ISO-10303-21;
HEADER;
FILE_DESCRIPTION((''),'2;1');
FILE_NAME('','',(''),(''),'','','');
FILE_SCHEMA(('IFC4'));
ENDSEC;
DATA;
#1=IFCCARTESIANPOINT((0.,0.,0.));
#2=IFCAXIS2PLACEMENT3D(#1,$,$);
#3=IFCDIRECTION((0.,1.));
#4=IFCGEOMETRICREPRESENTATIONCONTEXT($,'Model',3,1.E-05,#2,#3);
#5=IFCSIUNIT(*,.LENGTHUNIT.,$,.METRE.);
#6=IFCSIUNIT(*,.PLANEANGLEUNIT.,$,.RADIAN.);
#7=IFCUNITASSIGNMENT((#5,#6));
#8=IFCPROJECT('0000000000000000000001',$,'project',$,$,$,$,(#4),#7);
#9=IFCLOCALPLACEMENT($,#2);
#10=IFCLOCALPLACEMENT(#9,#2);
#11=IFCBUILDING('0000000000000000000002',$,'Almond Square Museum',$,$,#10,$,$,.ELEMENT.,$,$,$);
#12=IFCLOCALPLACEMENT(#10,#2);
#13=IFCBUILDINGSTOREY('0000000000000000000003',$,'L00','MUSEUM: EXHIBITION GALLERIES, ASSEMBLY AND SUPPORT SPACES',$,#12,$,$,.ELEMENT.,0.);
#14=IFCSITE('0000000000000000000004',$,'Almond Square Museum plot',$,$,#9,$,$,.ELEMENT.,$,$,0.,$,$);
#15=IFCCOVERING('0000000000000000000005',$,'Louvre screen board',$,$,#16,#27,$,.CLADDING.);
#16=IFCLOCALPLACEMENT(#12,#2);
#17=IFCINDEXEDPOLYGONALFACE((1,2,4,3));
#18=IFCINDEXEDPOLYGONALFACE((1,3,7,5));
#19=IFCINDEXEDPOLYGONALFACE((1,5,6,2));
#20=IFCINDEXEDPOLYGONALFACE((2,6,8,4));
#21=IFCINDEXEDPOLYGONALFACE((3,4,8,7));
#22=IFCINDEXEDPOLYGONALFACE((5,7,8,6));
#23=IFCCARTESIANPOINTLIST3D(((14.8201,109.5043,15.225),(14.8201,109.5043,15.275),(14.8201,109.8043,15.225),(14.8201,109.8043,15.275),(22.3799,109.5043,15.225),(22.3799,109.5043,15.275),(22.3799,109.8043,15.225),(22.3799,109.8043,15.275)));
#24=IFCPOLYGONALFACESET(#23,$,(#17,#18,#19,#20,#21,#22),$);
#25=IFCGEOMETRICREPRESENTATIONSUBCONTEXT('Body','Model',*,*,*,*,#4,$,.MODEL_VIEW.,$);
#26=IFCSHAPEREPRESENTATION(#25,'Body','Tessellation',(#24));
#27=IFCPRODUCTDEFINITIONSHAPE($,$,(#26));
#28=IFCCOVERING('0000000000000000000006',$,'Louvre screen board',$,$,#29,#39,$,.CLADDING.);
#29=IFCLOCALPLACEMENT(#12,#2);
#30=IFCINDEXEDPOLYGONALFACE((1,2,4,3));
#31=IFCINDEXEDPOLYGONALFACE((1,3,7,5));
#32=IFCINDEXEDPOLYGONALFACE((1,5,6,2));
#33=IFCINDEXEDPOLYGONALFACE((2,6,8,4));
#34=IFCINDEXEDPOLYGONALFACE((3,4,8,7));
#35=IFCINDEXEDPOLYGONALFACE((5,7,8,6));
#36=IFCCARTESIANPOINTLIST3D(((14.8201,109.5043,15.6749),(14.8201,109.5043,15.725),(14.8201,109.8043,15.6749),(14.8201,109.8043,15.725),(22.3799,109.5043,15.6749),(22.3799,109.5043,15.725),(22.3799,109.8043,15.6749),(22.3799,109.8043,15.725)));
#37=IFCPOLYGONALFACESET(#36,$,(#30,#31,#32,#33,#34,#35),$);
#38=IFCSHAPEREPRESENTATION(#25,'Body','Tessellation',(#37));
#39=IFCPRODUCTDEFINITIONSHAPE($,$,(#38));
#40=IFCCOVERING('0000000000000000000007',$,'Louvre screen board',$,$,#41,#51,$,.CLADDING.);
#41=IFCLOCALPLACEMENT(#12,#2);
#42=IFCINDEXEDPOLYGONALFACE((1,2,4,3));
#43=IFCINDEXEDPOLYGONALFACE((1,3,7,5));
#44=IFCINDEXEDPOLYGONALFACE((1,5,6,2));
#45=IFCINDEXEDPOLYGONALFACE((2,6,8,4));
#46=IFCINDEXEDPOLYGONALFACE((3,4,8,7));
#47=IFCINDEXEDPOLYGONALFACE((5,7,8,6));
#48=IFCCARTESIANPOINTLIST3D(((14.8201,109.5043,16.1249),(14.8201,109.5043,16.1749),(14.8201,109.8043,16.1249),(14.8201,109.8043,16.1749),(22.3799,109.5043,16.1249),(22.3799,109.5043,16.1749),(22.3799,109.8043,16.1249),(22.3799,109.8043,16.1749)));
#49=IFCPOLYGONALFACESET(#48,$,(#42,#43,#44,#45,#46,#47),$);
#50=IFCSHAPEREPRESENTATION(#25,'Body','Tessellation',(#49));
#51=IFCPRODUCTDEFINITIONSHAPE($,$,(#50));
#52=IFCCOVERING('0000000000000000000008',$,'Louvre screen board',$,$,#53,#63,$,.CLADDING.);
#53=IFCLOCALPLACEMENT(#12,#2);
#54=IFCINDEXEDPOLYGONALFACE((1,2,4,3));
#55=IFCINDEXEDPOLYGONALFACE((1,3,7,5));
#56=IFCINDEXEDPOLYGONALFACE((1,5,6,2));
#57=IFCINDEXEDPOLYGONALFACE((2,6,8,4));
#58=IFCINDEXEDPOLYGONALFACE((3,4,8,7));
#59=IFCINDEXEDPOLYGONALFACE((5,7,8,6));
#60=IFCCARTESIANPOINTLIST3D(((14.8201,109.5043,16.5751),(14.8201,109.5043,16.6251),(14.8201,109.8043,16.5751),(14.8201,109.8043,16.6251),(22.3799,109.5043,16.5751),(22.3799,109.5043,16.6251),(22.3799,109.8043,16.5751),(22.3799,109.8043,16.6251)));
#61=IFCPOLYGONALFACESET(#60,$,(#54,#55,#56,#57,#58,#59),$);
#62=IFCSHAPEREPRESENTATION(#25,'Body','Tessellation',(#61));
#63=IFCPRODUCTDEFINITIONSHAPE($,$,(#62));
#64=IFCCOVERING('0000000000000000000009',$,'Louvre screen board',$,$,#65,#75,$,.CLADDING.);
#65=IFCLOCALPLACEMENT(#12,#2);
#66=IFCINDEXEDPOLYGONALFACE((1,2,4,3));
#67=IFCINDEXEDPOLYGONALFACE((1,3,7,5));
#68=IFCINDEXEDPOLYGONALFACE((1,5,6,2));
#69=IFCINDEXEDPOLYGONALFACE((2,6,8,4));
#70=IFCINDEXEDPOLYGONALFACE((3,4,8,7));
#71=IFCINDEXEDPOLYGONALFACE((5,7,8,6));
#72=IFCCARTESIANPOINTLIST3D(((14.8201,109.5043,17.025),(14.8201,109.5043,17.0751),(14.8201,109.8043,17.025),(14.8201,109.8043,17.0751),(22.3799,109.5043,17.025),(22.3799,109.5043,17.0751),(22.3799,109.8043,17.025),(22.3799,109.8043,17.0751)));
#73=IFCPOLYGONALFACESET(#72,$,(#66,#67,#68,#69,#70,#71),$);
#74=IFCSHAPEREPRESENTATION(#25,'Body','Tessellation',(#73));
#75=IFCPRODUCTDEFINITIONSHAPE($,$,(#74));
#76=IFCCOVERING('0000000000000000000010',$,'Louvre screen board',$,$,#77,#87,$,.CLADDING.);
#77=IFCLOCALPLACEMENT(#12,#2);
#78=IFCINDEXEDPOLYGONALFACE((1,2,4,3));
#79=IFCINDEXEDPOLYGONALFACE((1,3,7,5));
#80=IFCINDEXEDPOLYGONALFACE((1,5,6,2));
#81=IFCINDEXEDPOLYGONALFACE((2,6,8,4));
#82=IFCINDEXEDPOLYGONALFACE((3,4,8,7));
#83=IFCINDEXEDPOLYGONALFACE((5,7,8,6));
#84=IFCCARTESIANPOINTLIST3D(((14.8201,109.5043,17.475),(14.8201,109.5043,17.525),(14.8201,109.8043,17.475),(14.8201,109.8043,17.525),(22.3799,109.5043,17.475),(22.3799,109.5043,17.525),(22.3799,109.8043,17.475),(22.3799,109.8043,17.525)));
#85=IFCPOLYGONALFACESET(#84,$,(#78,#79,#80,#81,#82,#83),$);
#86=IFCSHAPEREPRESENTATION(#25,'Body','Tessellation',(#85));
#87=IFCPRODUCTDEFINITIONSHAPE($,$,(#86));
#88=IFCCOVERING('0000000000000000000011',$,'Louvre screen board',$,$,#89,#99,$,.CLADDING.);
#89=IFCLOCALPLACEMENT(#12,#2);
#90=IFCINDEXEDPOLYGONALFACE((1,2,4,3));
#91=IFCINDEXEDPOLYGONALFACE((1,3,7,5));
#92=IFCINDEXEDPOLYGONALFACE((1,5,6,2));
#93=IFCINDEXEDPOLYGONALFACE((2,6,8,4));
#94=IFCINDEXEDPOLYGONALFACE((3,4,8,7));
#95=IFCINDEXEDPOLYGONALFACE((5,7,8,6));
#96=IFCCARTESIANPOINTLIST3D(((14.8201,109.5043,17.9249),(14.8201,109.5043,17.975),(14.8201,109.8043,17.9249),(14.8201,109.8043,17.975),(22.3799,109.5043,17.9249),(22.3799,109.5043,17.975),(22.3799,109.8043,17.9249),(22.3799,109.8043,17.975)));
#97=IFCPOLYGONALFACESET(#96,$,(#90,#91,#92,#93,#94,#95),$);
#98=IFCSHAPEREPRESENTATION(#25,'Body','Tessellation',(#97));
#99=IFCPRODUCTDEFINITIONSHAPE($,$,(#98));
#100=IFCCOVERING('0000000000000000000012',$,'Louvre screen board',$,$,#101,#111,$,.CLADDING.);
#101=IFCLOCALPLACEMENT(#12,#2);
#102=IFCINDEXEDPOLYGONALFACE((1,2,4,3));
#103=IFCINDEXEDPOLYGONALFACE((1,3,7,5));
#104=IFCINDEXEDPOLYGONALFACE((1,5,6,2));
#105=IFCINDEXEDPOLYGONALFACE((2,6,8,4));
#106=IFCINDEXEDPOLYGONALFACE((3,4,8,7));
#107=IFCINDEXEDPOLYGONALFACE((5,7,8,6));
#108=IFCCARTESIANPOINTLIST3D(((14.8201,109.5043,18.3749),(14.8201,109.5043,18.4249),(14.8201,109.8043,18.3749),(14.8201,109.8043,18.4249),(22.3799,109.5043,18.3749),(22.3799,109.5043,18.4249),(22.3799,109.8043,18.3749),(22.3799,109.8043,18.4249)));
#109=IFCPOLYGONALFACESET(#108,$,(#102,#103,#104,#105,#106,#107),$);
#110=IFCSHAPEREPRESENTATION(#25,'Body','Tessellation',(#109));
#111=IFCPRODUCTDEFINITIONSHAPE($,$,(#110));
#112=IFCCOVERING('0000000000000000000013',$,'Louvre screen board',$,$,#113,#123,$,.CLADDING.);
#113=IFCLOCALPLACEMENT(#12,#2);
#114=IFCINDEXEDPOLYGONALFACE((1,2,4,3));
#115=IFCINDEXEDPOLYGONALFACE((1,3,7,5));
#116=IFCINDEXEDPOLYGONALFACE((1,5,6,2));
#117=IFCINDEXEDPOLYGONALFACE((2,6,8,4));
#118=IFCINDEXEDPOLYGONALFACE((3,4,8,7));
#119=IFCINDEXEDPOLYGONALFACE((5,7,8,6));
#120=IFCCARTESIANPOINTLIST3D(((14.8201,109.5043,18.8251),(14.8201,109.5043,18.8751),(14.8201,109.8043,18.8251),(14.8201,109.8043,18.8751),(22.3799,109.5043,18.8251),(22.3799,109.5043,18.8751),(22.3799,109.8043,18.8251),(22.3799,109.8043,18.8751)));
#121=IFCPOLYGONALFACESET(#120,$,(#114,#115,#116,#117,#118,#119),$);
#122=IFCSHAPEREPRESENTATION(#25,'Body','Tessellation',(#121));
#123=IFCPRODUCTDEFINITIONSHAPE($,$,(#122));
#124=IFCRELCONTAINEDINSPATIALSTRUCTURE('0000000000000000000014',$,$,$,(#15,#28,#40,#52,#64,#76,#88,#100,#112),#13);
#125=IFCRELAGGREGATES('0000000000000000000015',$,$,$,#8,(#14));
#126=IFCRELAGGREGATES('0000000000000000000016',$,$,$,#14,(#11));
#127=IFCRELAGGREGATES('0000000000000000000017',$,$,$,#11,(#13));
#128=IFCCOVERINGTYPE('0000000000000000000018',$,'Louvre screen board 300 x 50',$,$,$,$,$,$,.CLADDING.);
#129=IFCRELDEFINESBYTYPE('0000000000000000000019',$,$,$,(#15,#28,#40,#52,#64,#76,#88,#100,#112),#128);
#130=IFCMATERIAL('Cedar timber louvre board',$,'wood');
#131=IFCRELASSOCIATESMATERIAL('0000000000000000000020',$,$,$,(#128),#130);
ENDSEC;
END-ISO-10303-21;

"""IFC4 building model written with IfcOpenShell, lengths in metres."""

from ifc_helpers import new_model, si_unit, direction, frame, origin, origin_2d, place, context, subcontext, project, spatial, rectangle, extrude, material, material_profile, profile_set, type_object, element, save


model = new_model("IFC4")

# Units and contexts
model_context = context("Model", 3, precision=1e-05, world=origin(), true_north=direction((0.0, 1.0)))
body_context = subcontext(model_context, "Body", "Model", "MODEL_VIEW")
ifc_project = project(units=[si_unit("LENGTHUNIT", "METRE"), si_unit("PLANEANGLEUNIT", "RADIAN")], contexts=[model_context])

# Site, building, storey
site_placement = place(None, origin())
site = spatial("IfcSite", under=ifc_project, at=site_placement, Name="Almond Square Museum plot", CompositionType="ELEMENT", RefElevation=0.0)
building_placement = place(site_placement, origin())
building = spatial("IfcBuilding", under=site, at=building_placement, Name="Almond Square Museum", CompositionType="ELEMENT")
storey_placement = place(building_placement, origin())
storey = spatial("IfcBuildingStorey", under=building, at=storey_placement, Name="L00", Description="MUSEUM: EXHIBITION GALLERIES, ASSEMBLY AND SUPPORT SPACES", CompositionType="ELEMENT", Elevation=0.0)

# Coverings
ifc_material = material(Name="Cedar timber louvre board", Category="wood")
ifc_material_profile = material_profile(ifc_material, rectangle(XDim=0.3, YDim=0.05, at=origin_2d()))
ifc_profile_set = profile_set([ifc_material_profile], Name="Cedar timber louvre board")
covering_type = type_object("IfcCoveringType", Name="Louvre screen board 300 x 50", PredefinedType="CLADDING", material=ifc_profile_set)
for number, where, z_axis, x_axis, name in (
    (1, (14.8201, 109.6543, 15.25), (1.0, 0.0, 0.0), (0.0, 1.0, 0.0), "Louvre screen board"),
    (2, (14.8201, 109.6543, 15.7), (1.0, 0.0, 0.0), (0.0, 1.0, 0.0), "Louvre screen board"),
    (3, (14.8201, 109.6543, 16.1499), (1.0, 0.0, 0.0), (0.0, 1.0, 0.0), "Louvre screen board"),
    (4, (14.8201, 109.6543, 16.6001), (1.0, 0.0, 0.0), (0.0, 1.0, 0.0), "Louvre screen board"),
    (5, (14.8201, 109.6543, 17.05), (1.0, 0.0, 0.0), (0.0, 1.0, 0.0), "Louvre screen board"),
    (6, (14.8201, 109.6543, 17.5), (1.0, 0.0, 0.0), (0.0, 1.0, 0.0), "Louvre screen board"),
    (7, (14.8201, 109.6543, 17.95), (1.0, 0.0, 0.0), (0.0, 1.0, 0.0), "Louvre screen board"),
    (8, (14.8201, 109.6543, 18.3999), (1.0, 0.0, 0.0), (0.0, 1.0, 0.0), "Louvre screen board"),
    (9, (14.8201, 109.6543, 18.8501), (1.0, 0.0, 0.0), (0.0, 1.0, 0.0), "Louvre screen board"),
):
    element("IfcCovering", number, at=place(storey_placement, frame(where, z_axis=z_axis, x_axis=x_axis)), inside=storey, type_object=covering_type, Name=name, PredefinedType="CLADDING", context=body_context, shape_type="SweptSolid", body=[
        extrude(rectangle(XDim=0.3, YDim=0.05, at=origin_2d()), origin(), (0.0, 0.0, 1.0), 7.5598),
    ])

save(model, "model.ifc")
